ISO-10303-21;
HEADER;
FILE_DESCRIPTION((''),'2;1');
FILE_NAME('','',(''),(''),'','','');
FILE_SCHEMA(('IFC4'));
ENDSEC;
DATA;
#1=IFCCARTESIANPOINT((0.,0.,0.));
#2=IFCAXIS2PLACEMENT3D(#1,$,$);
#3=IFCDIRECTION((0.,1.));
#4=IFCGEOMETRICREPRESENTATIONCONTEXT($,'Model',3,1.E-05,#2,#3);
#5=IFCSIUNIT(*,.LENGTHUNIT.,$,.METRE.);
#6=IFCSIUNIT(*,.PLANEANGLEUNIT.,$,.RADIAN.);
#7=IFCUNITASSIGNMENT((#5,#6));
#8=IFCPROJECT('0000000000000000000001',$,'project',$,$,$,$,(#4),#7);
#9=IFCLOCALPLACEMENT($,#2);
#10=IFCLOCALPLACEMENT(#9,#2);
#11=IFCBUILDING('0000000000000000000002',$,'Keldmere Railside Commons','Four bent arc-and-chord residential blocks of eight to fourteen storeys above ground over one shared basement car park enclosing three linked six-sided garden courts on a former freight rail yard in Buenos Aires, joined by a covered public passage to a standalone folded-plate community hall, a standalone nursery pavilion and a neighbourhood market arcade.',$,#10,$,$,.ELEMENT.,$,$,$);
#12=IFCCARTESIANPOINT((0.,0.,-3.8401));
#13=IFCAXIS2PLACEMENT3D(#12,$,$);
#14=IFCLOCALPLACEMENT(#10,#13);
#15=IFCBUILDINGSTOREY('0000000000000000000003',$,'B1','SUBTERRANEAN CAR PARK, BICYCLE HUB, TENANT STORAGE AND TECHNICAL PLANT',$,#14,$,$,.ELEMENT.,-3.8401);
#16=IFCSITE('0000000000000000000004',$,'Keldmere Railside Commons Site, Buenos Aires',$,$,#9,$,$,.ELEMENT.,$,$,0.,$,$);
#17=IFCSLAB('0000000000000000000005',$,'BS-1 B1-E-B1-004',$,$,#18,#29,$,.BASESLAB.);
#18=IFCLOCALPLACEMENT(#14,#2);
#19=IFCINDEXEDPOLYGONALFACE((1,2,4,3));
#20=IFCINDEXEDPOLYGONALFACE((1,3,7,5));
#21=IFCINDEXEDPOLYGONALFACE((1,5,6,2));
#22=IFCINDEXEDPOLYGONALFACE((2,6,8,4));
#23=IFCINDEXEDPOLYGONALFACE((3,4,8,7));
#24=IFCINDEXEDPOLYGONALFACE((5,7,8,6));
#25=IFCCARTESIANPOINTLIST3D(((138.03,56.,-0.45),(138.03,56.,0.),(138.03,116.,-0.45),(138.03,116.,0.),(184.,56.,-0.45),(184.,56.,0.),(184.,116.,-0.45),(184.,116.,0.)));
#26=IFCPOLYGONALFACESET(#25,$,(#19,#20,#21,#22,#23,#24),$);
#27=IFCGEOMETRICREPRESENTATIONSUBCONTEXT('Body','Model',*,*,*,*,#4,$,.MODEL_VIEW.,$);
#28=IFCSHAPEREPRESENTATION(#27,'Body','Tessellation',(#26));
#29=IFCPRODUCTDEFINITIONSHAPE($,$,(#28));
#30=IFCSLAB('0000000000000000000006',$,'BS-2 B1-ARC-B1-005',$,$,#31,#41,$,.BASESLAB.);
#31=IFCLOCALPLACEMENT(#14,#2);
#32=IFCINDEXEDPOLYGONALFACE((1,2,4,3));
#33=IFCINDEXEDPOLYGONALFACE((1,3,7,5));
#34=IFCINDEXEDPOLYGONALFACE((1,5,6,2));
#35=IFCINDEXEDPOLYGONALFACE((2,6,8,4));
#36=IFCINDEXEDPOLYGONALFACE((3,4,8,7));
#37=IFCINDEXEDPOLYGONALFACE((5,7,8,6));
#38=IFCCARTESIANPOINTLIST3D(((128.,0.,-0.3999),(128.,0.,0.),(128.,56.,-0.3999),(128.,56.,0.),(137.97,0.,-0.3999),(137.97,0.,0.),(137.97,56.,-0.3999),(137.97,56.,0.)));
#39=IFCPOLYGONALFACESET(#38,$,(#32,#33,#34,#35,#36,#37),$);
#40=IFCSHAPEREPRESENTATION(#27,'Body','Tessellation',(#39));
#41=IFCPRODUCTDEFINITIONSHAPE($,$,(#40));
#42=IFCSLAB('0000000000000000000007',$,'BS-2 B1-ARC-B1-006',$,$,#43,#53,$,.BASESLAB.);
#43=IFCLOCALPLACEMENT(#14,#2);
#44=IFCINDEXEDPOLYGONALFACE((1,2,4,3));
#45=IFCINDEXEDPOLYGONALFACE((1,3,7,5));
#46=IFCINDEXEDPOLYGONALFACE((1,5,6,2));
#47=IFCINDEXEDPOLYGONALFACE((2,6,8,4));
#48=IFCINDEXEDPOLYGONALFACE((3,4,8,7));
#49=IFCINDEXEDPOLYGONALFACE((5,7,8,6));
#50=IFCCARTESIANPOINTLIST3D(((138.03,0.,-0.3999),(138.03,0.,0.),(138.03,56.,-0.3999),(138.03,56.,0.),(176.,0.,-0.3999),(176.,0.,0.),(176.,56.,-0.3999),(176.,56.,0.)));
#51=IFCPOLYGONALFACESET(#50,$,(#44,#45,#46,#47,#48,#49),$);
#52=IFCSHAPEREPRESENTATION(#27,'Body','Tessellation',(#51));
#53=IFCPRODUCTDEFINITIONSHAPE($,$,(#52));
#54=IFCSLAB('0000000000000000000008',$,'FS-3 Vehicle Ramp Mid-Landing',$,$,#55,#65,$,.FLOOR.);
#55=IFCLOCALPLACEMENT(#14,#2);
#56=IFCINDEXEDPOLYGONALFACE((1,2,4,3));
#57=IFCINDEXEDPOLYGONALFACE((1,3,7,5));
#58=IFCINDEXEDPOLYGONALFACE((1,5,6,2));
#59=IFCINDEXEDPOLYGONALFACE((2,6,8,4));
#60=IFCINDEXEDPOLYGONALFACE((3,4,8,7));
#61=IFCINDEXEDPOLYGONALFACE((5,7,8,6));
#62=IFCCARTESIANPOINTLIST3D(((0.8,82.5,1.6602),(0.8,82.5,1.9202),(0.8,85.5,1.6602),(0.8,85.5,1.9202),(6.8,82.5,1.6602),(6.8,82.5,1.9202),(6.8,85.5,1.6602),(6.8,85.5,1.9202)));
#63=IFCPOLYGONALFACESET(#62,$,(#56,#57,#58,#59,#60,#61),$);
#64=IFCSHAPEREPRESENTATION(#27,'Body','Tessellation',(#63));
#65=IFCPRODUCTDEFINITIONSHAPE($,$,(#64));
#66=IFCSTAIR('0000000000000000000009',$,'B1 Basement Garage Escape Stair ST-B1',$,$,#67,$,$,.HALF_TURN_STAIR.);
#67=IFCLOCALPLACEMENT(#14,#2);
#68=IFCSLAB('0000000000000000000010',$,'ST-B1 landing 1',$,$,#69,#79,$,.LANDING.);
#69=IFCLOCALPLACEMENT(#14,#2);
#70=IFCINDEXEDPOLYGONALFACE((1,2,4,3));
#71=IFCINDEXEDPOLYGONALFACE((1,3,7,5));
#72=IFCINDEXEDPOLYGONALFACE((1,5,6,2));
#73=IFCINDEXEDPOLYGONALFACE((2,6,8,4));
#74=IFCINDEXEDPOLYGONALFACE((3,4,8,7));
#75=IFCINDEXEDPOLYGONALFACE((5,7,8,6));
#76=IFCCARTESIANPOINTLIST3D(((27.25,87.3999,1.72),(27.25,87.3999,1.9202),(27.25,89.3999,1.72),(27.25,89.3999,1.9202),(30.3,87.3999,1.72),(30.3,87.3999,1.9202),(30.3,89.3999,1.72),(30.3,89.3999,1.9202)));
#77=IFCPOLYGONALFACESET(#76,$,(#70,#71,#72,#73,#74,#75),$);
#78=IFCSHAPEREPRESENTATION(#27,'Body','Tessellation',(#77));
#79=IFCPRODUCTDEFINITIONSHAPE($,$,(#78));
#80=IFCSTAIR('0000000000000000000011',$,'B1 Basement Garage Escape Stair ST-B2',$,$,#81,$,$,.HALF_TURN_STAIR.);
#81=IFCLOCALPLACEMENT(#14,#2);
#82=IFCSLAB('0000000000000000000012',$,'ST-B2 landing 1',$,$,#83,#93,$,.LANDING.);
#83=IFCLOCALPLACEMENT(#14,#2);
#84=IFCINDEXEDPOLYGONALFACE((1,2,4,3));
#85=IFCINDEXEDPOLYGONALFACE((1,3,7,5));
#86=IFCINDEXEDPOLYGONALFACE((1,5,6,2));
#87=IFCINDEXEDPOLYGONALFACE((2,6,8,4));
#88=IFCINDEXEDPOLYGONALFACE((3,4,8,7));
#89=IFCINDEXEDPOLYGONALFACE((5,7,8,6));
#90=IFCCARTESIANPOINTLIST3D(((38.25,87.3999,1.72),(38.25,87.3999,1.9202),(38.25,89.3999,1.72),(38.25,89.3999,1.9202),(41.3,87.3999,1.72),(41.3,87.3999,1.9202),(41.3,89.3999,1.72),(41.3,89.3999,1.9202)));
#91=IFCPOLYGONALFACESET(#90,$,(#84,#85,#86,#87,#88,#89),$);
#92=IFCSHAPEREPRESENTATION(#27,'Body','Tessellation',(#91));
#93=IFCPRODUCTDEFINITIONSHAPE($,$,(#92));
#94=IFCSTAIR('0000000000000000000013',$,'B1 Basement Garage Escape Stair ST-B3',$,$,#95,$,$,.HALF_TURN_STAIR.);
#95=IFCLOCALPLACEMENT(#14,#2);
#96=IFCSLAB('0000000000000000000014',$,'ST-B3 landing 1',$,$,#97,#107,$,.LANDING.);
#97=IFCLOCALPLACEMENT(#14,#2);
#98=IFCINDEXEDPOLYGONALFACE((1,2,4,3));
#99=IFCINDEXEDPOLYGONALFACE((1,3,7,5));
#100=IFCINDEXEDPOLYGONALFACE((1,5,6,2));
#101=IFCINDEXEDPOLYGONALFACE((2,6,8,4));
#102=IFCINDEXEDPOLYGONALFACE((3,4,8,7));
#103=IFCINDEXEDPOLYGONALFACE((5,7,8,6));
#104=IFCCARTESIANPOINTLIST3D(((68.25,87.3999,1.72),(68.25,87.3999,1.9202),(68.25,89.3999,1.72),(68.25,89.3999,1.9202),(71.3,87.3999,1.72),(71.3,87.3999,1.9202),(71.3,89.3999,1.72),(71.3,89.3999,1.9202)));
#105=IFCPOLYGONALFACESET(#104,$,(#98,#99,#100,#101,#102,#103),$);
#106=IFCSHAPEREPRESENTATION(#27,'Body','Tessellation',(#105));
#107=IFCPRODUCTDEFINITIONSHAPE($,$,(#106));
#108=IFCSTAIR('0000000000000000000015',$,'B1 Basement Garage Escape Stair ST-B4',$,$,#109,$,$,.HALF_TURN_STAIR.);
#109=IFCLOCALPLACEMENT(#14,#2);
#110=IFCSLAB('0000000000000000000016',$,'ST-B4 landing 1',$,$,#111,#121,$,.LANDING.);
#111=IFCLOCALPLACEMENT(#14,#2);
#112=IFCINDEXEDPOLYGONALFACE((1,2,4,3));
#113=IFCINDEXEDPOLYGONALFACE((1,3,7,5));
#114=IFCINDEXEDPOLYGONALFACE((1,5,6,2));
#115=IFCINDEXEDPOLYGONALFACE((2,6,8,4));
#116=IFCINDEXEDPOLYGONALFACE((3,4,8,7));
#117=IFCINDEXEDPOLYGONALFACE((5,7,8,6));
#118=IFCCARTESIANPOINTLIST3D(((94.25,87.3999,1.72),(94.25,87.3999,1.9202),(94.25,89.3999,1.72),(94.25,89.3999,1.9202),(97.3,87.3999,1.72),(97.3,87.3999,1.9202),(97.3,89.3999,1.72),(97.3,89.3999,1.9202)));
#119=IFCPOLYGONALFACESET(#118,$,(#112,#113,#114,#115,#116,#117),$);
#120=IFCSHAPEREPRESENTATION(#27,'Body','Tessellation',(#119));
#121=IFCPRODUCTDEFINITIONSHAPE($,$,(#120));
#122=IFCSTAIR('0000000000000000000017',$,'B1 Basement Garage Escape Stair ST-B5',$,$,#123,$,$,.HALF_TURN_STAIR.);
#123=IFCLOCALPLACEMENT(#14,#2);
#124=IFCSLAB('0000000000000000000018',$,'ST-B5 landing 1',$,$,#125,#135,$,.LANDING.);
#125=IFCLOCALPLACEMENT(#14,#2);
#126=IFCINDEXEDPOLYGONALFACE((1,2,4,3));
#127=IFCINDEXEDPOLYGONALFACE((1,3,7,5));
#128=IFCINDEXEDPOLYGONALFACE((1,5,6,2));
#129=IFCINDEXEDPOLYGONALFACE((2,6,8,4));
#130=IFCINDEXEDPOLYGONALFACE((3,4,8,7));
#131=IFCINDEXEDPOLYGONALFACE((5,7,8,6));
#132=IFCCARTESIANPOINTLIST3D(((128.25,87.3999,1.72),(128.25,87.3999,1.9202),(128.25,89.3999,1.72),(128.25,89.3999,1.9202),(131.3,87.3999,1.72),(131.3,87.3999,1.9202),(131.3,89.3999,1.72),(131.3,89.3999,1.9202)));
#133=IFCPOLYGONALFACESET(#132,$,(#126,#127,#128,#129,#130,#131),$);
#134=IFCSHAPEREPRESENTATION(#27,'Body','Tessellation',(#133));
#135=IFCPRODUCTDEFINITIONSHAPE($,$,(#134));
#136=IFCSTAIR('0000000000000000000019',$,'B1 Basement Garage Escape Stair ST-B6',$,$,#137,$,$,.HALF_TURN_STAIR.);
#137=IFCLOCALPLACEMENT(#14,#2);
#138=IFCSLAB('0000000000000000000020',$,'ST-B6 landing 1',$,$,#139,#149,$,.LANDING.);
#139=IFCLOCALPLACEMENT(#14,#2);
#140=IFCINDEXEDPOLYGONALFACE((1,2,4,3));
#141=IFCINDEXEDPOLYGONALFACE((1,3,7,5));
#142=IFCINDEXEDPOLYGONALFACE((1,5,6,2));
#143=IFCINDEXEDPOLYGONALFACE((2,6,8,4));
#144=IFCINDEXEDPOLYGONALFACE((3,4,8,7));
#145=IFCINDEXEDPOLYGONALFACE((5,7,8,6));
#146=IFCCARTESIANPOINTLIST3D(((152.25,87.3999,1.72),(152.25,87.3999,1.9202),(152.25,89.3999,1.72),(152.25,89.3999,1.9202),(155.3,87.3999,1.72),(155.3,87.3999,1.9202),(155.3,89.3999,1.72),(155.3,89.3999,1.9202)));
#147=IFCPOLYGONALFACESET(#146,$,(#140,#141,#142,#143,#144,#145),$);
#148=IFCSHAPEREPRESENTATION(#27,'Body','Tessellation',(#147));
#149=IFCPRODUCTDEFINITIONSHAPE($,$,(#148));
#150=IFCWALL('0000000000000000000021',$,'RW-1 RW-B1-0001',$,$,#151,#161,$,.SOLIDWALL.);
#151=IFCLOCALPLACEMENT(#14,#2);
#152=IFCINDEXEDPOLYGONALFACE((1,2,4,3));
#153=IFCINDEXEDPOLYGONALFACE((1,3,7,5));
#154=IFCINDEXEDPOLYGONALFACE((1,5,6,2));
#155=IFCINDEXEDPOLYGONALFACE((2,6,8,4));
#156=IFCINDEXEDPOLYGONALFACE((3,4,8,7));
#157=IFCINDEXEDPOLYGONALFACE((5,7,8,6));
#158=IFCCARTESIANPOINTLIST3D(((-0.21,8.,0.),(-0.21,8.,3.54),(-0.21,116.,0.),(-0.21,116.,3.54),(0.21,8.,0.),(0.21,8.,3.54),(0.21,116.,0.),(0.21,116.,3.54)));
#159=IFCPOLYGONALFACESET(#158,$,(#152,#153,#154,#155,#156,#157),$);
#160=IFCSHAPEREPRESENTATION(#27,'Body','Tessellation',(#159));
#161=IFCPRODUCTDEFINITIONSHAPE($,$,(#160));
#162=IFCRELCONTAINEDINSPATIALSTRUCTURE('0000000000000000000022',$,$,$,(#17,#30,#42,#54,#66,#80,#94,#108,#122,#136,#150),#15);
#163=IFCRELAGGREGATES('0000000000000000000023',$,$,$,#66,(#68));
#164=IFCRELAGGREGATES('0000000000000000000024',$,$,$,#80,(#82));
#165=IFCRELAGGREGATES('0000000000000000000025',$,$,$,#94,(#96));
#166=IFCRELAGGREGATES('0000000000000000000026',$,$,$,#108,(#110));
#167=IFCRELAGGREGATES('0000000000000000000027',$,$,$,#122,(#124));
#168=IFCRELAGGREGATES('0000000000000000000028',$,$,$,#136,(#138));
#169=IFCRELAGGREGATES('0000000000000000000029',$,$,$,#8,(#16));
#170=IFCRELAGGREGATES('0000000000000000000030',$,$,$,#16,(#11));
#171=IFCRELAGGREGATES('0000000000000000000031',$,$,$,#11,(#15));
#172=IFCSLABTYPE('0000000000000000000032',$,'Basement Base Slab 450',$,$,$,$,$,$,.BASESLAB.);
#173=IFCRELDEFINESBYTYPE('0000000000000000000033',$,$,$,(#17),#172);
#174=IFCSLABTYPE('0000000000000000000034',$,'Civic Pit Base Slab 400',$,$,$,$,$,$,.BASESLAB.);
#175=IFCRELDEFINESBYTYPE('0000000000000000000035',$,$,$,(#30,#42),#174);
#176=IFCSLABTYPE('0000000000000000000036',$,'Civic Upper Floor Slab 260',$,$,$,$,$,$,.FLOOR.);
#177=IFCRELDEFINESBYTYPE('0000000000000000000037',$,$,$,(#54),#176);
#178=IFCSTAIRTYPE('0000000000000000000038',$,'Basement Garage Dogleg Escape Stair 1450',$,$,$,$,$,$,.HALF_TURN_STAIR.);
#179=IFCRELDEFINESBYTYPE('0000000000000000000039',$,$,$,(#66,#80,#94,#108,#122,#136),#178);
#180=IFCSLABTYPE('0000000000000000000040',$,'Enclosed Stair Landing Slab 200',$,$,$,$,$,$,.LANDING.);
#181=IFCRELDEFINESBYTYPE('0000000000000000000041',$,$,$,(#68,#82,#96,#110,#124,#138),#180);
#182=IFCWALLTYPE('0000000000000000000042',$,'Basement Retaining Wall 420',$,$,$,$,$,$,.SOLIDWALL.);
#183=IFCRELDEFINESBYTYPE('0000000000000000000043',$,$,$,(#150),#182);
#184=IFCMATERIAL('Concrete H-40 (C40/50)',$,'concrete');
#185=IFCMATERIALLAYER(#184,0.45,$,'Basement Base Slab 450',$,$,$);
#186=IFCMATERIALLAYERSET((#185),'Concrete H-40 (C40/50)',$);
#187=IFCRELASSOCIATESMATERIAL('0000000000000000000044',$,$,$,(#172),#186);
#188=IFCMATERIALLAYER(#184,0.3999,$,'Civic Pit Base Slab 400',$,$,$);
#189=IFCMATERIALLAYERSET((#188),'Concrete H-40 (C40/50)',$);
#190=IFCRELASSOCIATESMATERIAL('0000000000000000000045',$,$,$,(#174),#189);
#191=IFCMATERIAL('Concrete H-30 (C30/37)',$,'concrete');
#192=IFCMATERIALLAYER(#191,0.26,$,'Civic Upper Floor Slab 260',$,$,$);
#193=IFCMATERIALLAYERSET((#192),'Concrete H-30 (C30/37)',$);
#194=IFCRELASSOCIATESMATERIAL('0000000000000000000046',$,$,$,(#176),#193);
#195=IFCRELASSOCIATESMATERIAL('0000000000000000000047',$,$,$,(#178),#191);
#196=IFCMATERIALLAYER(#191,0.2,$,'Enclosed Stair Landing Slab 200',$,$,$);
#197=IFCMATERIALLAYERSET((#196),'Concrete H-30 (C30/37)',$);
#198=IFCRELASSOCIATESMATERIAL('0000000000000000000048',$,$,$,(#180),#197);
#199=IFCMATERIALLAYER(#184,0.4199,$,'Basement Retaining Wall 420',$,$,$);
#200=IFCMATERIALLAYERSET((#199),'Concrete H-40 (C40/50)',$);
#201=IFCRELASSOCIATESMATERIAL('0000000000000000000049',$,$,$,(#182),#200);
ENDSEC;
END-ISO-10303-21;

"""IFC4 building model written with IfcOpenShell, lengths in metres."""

from ifc_helpers import new_model, si_unit, direction, frame, frame_2d, origin, place, context, subcontext, project, spatial, polyline, rectangle, outline, extrude, material, layer, layer_set, type_object, element, aggregate, save


model = new_model("IFC4")

# Units and contexts
model_context = context("Model", 3, precision=1e-05, world=origin(), true_north=direction((0.0, 1.0)))
body_context = subcontext(model_context, "Body", "Model", "MODEL_VIEW")
ifc_project = project(units=[si_unit("LENGTHUNIT", "METRE"), si_unit("PLANEANGLEUNIT", "RADIAN")], contexts=[model_context])

# Site, building, storey
site_placement = place(None, origin())
site = spatial("IfcSite", under=ifc_project, at=site_placement, Name="Keldmere Railside Commons Site, Buenos Aires", CompositionType="ELEMENT", RefElevation=0.0)
building_placement = place(site_placement, origin())
building = spatial("IfcBuilding", under=site, at=building_placement, Name="Keldmere Railside Commons", Description="Four bent arc-and-chord residential blocks of eight to fourteen storeys above ground over one shared basement car park enclosing three linked six-sided garden courts on a former freight rail yard in Buenos Aires, joined by a covered public passage to a standalone folded-plate community hall, a standalone nursery pavilion and a neighbourhood market arcade.", CompositionType="ELEMENT")
storey_placement = place(building_placement, frame((0.0, 0.0, -3.8401)))
storey = spatial("IfcBuildingStorey", under=building, at=storey_placement, Name="B1", Description="SUBTERRANEAN CAR PARK, BICYCLE HUB, TENANT STORAGE AND TECHNICAL PLANT", CompositionType="ELEMENT", Elevation=-3.8401)

# Shared definitions
ifc_material_1 = material(Name="Concrete H-30 (C30/37)", Category="concrete")

# Shared definitions
ifc_material_2 = material(Name="Concrete H-40 (C40/50)", Category="concrete")

# Slabs
ifc_layer_1 = layer(ifc_material_2, 0.45, Name="Basement Base Slab 450")
ifc_layer_set_1 = layer_set([ifc_layer_1], Name="Concrete H-40 (C40/50)")
slab_type_1 = type_object("IfcSlabType", Name="Basement Base Slab 450", PredefinedType="BASESLAB", material=ifc_layer_set_1)
slab_1_placement = place(storey_placement, frame((0.0, 0.0, -0.45)))
element("IfcSlab", 1, at=slab_1_placement, inside=storey, type_object=slab_type_1, Name="BS-1 B1-E-B1-004", PredefinedType="BASESLAB", context=body_context, shape_type="SweptSolid", body=[
    extrude(outline(polyline([(138.03, 116.0), (138.03, 56.0), (184.0, 56.0), (184.0, 116.0), (138.03, 116.0)])), origin(), (0.0, 0.0, 1.0), 0.45),
])
ifc_layer_2 = layer(ifc_material_2, 0.3999, Name="Civic Pit Base Slab 400")
ifc_layer_set_2 = layer_set([ifc_layer_2], Name="Concrete H-40 (C40/50)")
slab_type_2 = type_object("IfcSlabType", Name="Civic Pit Base Slab 400", PredefinedType="BASESLAB", material=ifc_layer_set_2)
slab_2_placement = place(storey_placement, frame((0.0, 0.0, -0.3999)))
element("IfcSlab", 2, at=slab_2_placement, inside=storey, type_object=slab_type_2, Name="BS-2 B1-ARC-B1-005", PredefinedType="BASESLAB", context=body_context, shape_type="SweptSolid", body=[
    extrude(outline(polyline([(137.97, 0.0), (137.97, 56.0), (128.0, 56.0), (128.0, 0.0), (137.97, 0.0)])), origin(), (0.0, 0.0, 1.0), 0.3999),
])
slab_3_placement = place(storey_placement, frame((0.0, 0.0, -0.3999)))
element("IfcSlab", 3, at=slab_3_placement, inside=storey, type_object=slab_type_2, Name="BS-2 B1-ARC-B1-006", PredefinedType="BASESLAB", context=body_context, shape_type="SweptSolid", body=[
    extrude(outline(polyline([(138.03, 56.0), (138.03, 0.0), (176.0, 0.0), (176.0, 56.0), (138.03, 56.0)])), origin(), (0.0, 0.0, 1.0), 0.3999),
])
ifc_layer_3 = layer(ifc_material_1, 0.26, Name="Civic Upper Floor Slab 260")
ifc_layer_set_3 = layer_set([ifc_layer_3], Name="Concrete H-30 (C30/37)")
slab_type_3 = type_object("IfcSlabType", Name="Civic Upper Floor Slab 260", PredefinedType="FLOOR", material=ifc_layer_set_3)
slab_4_placement = place(storey_placement, frame((0.0, 0.0, 1.6602)))
element("IfcSlab", 4, at=slab_4_placement, inside=storey, type_object=slab_type_3, Name="FS-3 Vehicle Ramp Mid-Landing", PredefinedType="FLOOR", context=body_context, shape_type="SweptSolid", body=[
    extrude(outline(polyline([(0.8, 82.5), (6.8, 82.5), (6.8, 85.5), (0.8, 85.5), (0.8, 82.5)])), origin(), (0.0, 0.0, 1.0), 0.26),
])

# Stairs, slabs
stair_type = type_object("IfcStairType", Name="Basement Garage Dogleg Escape Stair 1450", PredefinedType="HALF_TURN_STAIR", material=ifc_material_1)
stair_1_placement = place(storey_placement, origin())
stair_1 = element("IfcStair", 5, at=stair_1_placement, inside=storey, type_object=stair_type, Name="B1 Basement Garage Escape Stair ST-B1", PredefinedType="HALF_TURN_STAIR")
ifc_layer_4 = layer(ifc_material_1, 0.2, Name="Enclosed Stair Landing Slab 200")
ifc_layer_set_4 = layer_set([ifc_layer_4], Name="Concrete H-30 (C30/37)")
slab_type_4 = type_object("IfcSlabType", Name="Enclosed Stair Landing Slab 200", PredefinedType="LANDING", material=ifc_layer_set_4)
slab_5_placement = place(storey_placement, frame((0.0, 0.0, 1.72)))
slab_5 = element("IfcSlab", 6, at=slab_5_placement, type_object=slab_type_4, Name="ST-B1 landing 1", PredefinedType="LANDING", context=body_context, shape_type="SweptSolid", body=[
    extrude(outline(polyline([(30.3, 87.3999), (30.3, 89.3999), (27.25, 89.3999), (27.25, 87.3999), (30.3, 87.3999)])), origin(), (0.0, 0.0, 1.0), 0.2002),
])
aggregate(stair_1, [slab_5])
stair_2_placement = place(storey_placement, origin())
stair_2 = element("IfcStair", 7, at=stair_2_placement, inside=storey, type_object=stair_type, Name="B1 Basement Garage Escape Stair ST-B2", PredefinedType="HALF_TURN_STAIR")
slab_6_placement = place(storey_placement, frame((0.0, 0.0, 1.72)))
slab_6 = element("IfcSlab", 8, at=slab_6_placement, type_object=slab_type_4, Name="ST-B2 landing 1", PredefinedType="LANDING", context=body_context, shape_type="SweptSolid", body=[
    extrude(outline(polyline([(41.3, 87.3999), (41.3, 89.3999), (38.25, 89.3999), (38.25, 87.3999), (41.3, 87.3999)])), origin(), (0.0, 0.0, 1.0), 0.2002),
])
aggregate(stair_2, [slab_6])
stair_3_placement = place(storey_placement, origin())
stair_3 = element("IfcStair", 9, at=stair_3_placement, inside=storey, type_object=stair_type, Name="B1 Basement Garage Escape Stair ST-B3", PredefinedType="HALF_TURN_STAIR")
slab_7_placement = place(storey_placement, frame((0.0, 0.0, 1.72)))
slab_7 = element("IfcSlab", 10, at=slab_7_placement, type_object=slab_type_4, Name="ST-B3 landing 1", PredefinedType="LANDING", context=body_context, shape_type="SweptSolid", body=[
    extrude(outline(polyline([(71.3, 87.3999), (71.3, 89.3999), (68.25, 89.3999), (68.25, 87.3999), (71.3, 87.3999)])), origin(), (0.0, 0.0, 1.0), 0.2002),
])
aggregate(stair_3, [slab_7])
stair_4_placement = place(storey_placement, origin())
stair_4 = element("IfcStair", 11, at=stair_4_placement, inside=storey, type_object=stair_type, Name="B1 Basement Garage Escape Stair ST-B4", PredefinedType="HALF_TURN_STAIR")
slab_8_placement = place(storey_placement, frame((0.0, 0.0, 1.72)))
slab_8 = element("IfcSlab", 12, at=slab_8_placement, type_object=slab_type_4, Name="ST-B4 landing 1", PredefinedType="LANDING", context=body_context, shape_type="SweptSolid", body=[
    extrude(outline(polyline([(97.3, 87.3999), (97.3, 89.3999), (94.25, 89.3999), (94.25, 87.3999), (97.3, 87.3999)])), origin(), (0.0, 0.0, 1.0), 0.2002),
])
aggregate(stair_4, [slab_8])
stair_5_placement = place(storey_placement, origin())
stair_5 = element("IfcStair", 13, at=stair_5_placement, inside=storey, type_object=stair_type, Name="B1 Basement Garage Escape Stair ST-B5", PredefinedType="HALF_TURN_STAIR")
slab_9_placement = place(storey_placement, frame((0.0, 0.0, 1.72)))
slab_9 = element("IfcSlab", 14, at=slab_9_placement, type_object=slab_type_4, Name="ST-B5 landing 1", PredefinedType="LANDING", context=body_context, shape_type="SweptSolid", body=[
    extrude(outline(polyline([(131.3, 87.3999), (131.3, 89.3999), (128.25, 89.3999), (128.25, 87.3999), (131.3, 87.3999)])), origin(), (0.0, 0.0, 1.0), 0.2002),
])
aggregate(stair_5, [slab_9])
stair_6_placement = place(storey_placement, origin())
stair_6 = element("IfcStair", 15, at=stair_6_placement, inside=storey, type_object=stair_type, Name="B1 Basement Garage Escape Stair ST-B6", PredefinedType="HALF_TURN_STAIR")
slab_10_placement = place(storey_placement, frame((0.0, 0.0, 1.72)))
slab_10 = element("IfcSlab", 16, at=slab_10_placement, type_object=slab_type_4, Name="ST-B6 landing 1", PredefinedType="LANDING", context=body_context, shape_type="SweptSolid", body=[
    extrude(outline(polyline([(155.3, 87.3999), (155.3, 89.3999), (152.25, 89.3999), (152.25, 87.3999), (155.3, 87.3999)])), origin(), (0.0, 0.0, 1.0), 0.2002),
])
aggregate(stair_6, [slab_10])

# Wall
ifc_layer_5 = layer(ifc_material_2, 0.4199, Name="Basement Retaining Wall 420")
ifc_layer_set_5 = layer_set([ifc_layer_5], Name="Concrete H-40 (C40/50)")
wall_type = type_object("IfcWallType", Name="Basement Retaining Wall 420", PredefinedType="SOLIDWALL", material=ifc_layer_set_5)
wall_placement = place(storey_placement, frame((0.0, 8.0, 0.0), z_axis=(0.0, 0.0, 1.0), x_axis=(0.0, 1.0, 0.0)))
element("IfcWall", 17, at=wall_placement, inside=storey, type_object=wall_type, Name="RW-1 RW-B1-0001", PredefinedType="SOLIDWALL", context=body_context, shape_type="SweptSolid", body=[
    extrude(rectangle(XDim=108.0, YDim=0.4199, at=frame_2d((54.0, 0.0))), origin(), (0.0, 0.0, 1.0), 3.54),
])

save(model, "model.ifc")
